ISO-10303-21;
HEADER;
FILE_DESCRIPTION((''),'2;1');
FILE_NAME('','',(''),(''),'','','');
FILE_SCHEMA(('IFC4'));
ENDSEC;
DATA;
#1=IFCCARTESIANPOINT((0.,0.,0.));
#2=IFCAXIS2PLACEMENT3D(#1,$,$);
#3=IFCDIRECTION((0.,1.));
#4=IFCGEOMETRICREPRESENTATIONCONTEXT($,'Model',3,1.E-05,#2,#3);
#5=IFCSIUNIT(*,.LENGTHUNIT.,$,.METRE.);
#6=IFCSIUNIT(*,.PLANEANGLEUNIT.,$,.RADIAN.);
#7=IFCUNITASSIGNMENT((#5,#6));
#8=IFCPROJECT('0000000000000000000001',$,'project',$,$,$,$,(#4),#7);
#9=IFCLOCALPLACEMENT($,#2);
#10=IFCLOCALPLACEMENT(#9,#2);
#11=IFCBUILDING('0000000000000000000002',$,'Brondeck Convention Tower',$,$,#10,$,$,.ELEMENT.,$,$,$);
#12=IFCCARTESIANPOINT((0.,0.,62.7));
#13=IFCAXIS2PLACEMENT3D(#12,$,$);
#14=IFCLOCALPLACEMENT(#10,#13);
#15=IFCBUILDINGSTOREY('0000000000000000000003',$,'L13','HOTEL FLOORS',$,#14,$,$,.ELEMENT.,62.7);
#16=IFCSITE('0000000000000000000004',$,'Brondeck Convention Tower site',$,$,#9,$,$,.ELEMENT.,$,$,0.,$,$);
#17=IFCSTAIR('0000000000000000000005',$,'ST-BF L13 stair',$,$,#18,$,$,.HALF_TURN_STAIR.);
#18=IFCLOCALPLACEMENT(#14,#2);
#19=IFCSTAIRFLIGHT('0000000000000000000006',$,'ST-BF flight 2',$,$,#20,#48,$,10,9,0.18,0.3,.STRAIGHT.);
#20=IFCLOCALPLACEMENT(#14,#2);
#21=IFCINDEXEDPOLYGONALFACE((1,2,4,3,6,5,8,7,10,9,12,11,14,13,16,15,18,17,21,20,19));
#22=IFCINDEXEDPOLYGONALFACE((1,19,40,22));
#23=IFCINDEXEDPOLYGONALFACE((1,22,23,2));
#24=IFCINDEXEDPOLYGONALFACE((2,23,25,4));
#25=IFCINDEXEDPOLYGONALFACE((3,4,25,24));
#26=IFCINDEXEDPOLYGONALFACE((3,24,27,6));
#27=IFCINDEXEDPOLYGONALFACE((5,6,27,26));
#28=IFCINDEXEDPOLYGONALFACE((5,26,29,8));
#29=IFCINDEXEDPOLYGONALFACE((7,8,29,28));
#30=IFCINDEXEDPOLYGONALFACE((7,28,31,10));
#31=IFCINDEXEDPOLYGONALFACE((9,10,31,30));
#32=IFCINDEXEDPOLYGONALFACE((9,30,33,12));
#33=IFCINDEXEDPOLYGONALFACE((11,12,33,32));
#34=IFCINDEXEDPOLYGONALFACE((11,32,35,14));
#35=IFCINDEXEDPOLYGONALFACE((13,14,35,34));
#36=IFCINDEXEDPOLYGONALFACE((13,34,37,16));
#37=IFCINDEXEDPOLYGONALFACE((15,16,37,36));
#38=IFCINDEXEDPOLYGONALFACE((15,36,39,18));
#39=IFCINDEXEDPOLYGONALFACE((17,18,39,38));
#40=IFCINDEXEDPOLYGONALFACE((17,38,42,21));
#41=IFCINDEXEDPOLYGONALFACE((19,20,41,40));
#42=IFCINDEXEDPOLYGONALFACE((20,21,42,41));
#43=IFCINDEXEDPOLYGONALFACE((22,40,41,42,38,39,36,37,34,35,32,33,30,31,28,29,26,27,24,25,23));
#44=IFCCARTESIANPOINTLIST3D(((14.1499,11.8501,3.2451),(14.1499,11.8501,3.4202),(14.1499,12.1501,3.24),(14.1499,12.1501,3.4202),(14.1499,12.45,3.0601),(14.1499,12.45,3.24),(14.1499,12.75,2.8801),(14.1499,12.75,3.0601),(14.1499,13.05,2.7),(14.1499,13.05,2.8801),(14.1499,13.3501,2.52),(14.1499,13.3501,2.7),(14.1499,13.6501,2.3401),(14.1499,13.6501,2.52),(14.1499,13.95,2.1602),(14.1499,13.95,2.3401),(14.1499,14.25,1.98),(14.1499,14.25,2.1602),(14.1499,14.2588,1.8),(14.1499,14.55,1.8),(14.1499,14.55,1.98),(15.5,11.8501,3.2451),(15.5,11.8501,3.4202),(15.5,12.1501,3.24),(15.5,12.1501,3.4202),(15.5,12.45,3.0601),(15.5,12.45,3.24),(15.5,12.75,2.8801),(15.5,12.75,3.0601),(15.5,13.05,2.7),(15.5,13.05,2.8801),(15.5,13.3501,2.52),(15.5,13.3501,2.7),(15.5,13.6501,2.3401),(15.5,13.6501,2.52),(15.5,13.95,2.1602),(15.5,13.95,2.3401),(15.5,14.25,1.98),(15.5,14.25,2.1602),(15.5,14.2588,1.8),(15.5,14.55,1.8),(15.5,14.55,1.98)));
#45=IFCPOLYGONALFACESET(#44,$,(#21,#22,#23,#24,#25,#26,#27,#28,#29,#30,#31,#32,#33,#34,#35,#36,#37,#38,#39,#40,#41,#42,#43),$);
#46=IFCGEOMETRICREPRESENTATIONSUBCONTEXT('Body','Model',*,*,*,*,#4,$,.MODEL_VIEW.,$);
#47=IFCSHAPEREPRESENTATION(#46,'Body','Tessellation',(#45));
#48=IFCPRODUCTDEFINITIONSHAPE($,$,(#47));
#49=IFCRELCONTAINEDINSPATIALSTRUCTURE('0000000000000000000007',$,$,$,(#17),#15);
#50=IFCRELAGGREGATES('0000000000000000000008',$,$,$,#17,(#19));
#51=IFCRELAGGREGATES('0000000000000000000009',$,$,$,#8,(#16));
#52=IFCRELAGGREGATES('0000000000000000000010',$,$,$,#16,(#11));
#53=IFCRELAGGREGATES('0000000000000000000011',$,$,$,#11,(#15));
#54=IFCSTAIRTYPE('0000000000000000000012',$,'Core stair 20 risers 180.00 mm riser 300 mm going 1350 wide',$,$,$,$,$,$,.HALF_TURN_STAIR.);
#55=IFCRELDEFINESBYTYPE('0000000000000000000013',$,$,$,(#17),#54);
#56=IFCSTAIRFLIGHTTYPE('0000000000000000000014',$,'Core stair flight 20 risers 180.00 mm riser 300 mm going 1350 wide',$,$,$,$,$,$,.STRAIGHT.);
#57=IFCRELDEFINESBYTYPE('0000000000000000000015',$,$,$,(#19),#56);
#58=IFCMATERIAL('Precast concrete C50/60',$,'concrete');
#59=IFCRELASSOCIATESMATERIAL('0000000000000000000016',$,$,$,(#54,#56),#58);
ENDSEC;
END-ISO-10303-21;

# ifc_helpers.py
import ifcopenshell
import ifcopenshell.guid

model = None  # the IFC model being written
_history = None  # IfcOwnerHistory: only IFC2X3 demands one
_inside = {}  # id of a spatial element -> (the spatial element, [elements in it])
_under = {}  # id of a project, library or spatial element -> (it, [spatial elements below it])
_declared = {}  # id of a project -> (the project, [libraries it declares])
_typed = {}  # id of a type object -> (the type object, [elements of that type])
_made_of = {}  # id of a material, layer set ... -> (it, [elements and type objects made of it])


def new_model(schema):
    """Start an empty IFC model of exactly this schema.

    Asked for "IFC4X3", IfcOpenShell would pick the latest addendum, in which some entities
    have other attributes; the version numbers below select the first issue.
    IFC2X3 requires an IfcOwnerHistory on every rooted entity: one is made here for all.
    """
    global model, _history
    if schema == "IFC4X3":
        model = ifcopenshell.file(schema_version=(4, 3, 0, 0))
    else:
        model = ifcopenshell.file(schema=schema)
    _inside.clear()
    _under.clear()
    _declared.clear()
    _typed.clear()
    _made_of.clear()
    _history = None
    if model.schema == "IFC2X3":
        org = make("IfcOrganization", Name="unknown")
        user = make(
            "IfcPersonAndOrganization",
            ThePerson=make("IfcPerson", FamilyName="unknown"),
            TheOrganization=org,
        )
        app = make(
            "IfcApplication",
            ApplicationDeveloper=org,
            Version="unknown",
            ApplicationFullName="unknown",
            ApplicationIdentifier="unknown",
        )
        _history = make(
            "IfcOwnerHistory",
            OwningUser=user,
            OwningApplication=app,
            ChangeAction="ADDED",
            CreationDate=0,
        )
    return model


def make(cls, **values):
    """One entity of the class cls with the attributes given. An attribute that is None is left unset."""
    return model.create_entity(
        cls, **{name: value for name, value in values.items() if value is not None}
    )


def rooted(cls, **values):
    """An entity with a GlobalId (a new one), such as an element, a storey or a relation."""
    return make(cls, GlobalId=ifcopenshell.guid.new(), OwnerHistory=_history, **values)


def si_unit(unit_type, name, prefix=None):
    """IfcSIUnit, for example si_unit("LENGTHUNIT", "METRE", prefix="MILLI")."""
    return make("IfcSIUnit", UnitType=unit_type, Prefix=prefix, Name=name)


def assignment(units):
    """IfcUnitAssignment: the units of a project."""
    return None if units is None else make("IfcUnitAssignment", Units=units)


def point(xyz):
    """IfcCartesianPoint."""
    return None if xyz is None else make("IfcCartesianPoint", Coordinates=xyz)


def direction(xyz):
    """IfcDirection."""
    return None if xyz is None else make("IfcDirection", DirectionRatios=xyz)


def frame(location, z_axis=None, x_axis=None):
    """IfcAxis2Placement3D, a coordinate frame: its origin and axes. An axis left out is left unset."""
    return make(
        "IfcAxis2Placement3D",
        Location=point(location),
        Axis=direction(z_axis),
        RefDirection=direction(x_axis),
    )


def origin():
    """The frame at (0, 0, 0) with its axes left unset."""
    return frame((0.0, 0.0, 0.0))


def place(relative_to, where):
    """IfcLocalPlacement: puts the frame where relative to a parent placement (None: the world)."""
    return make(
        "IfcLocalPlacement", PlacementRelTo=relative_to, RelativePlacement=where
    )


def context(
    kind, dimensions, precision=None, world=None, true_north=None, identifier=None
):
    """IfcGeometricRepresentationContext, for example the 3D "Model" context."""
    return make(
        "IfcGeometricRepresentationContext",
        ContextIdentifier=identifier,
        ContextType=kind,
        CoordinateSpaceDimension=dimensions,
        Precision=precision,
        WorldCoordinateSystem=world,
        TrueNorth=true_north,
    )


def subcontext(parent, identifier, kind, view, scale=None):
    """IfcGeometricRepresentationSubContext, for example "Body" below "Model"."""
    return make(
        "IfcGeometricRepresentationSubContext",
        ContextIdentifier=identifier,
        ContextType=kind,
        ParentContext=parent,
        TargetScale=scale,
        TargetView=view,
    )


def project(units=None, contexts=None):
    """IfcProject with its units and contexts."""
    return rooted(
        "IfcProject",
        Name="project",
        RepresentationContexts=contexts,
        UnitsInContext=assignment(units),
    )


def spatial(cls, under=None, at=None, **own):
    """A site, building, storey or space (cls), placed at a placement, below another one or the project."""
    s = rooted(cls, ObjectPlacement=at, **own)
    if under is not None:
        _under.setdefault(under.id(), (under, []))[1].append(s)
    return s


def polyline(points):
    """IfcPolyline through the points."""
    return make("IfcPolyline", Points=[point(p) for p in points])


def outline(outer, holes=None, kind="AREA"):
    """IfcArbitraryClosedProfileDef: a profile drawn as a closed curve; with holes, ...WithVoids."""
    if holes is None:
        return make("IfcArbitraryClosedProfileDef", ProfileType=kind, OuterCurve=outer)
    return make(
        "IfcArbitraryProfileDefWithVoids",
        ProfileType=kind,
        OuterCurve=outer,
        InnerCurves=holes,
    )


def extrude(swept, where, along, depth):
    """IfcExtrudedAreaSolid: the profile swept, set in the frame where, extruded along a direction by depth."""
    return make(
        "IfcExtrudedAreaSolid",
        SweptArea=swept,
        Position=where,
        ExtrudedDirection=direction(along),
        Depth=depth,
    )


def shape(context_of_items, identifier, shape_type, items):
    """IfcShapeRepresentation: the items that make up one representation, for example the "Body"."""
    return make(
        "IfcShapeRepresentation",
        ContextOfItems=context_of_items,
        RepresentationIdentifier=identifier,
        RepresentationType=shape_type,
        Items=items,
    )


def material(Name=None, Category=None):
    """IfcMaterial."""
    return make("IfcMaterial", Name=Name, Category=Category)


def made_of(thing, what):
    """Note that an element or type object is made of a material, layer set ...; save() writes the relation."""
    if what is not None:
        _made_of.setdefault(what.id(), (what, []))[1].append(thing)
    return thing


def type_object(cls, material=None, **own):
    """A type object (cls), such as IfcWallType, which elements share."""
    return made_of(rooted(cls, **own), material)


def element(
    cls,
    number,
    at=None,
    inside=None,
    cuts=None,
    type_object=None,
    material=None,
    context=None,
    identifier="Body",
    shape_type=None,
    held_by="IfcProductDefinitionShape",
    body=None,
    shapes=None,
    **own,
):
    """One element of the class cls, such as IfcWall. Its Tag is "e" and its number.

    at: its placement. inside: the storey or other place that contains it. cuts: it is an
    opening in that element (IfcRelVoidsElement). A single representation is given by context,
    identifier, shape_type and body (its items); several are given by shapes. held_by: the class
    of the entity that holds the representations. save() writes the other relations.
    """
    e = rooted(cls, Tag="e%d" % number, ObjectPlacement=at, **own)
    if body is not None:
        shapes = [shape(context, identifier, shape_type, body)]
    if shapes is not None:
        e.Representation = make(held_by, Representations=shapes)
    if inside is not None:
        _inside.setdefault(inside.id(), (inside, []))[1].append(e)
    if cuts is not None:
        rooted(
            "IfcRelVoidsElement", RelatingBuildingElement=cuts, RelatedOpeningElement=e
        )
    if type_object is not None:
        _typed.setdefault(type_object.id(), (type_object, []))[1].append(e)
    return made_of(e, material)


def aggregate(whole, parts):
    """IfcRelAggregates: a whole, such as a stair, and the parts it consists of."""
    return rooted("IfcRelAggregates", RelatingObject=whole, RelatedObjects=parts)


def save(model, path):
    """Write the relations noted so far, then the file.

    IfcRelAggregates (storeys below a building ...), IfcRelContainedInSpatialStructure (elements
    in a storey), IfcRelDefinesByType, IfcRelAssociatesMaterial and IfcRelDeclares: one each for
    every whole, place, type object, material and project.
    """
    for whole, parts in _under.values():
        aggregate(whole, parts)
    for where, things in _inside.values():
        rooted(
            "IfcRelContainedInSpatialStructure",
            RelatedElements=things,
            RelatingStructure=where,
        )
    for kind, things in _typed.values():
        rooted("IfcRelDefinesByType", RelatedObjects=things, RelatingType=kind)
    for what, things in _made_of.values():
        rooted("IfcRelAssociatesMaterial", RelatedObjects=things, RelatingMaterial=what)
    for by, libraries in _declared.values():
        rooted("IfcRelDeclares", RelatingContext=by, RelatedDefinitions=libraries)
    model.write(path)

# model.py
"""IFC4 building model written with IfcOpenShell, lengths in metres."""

from ifc_helpers import new_model, si_unit, direction, frame, origin, place, context, subcontext, project, spatial, polyline, outline, extrude, material, type_object, element, aggregate, save


model = new_model("IFC4")

# Units and contexts
model_context = context("Model", 3, precision=1e-05, world=origin(), true_north=direction((0.0, 1.0)))
body_context = subcontext(model_context, "Body", "Model", "MODEL_VIEW")
ifc_project = project(units=[si_unit("LENGTHUNIT", "METRE"), si_unit("PLANEANGLEUNIT", "RADIAN")], contexts=[model_context])

# Site, building, storey
site_placement = place(None, origin())
site = spatial("IfcSite", under=ifc_project, at=site_placement, Name="Brondeck Convention Tower site", CompositionType="ELEMENT", RefElevation=0.0)
building_placement = place(site_placement, origin())
building = spatial("IfcBuilding", under=site, at=building_placement, Name="Brondeck Convention Tower", CompositionType="ELEMENT")
storey_placement = place(building_placement, frame((0.0, 0.0, 62.7)))
storey = spatial("IfcBuildingStorey", under=building, at=storey_placement, Name="L13", Description="HOTEL FLOORS", CompositionType="ELEMENT", Elevation=62.7)

# Stair, stair flight
ifc_material_1 = material(Name="Precast concrete C50/60", Category="concrete")
stair_type = type_object("IfcStairType", Name="Core stair 20 risers 180.00 mm riser 300 mm going 1350 wide", PredefinedType="HALF_TURN_STAIR", material=ifc_material_1)
stair_placement = place(storey_placement, origin())
stair = element("IfcStair", 1, at=stair_placement, inside=storey, type_object=stair_type, Name="ST-BF L13 stair", PredefinedType="HALF_TURN_STAIR")
stair_flight_type = type_object("IfcStairFlightType", Name="Core stair flight 20 risers 180.00 mm riser 300 mm going 1350 wide", PredefinedType="STRAIGHT", material=ifc_material_1)
stair_flight_placement = place(storey_placement, frame((14.825, 14.55, 1.8), z_axis=(0.0, 0.0, 1.0), x_axis=(0.0, -1.0, 0.0)))
stair_flight = element("IfcStairFlight", 2, at=stair_flight_placement, type_object=stair_flight_type, Name="ST-BF flight 2", NumberOfRisers=10, NumberOfTreads=9, PredefinedType="STRAIGHT", RiserHeight=0.18, TreadLength=0.3, context=body_context, shape_type="SweptSolid", body=[
    extrude(outline(polyline([(0.0, 0.0), (0.0, 0.1799), (0.3, 0.1799), (0.3, 0.3601), (0.6001, 0.3601), (0.6001, 0.54), (0.8999, 0.54), (0.8999, 0.72), (1.2, 0.72), (1.2, 0.8999), (1.5, 0.8999), (1.5, 1.0801), (1.8, 1.0801), (1.8, 1.26), (2.1001, 1.26), (2.1001, 1.4399), (2.3999, 1.4399), (2.3999, 1.6201), (2.7, 1.6201), (2.7, 1.8), (2.7, 1.4451), (0.2913, 0.0), (0.0, 0.0)])), frame((0.0, 0.675, 0.0), z_axis=(0.0, -1.0, 0.0), x_axis=(1.0, 0.0, 0.0)), (0.0, 0.0, 1.0), 1.3501),
])
aggregate(stair, [stair_flight])

save(model, "model.ifc")
